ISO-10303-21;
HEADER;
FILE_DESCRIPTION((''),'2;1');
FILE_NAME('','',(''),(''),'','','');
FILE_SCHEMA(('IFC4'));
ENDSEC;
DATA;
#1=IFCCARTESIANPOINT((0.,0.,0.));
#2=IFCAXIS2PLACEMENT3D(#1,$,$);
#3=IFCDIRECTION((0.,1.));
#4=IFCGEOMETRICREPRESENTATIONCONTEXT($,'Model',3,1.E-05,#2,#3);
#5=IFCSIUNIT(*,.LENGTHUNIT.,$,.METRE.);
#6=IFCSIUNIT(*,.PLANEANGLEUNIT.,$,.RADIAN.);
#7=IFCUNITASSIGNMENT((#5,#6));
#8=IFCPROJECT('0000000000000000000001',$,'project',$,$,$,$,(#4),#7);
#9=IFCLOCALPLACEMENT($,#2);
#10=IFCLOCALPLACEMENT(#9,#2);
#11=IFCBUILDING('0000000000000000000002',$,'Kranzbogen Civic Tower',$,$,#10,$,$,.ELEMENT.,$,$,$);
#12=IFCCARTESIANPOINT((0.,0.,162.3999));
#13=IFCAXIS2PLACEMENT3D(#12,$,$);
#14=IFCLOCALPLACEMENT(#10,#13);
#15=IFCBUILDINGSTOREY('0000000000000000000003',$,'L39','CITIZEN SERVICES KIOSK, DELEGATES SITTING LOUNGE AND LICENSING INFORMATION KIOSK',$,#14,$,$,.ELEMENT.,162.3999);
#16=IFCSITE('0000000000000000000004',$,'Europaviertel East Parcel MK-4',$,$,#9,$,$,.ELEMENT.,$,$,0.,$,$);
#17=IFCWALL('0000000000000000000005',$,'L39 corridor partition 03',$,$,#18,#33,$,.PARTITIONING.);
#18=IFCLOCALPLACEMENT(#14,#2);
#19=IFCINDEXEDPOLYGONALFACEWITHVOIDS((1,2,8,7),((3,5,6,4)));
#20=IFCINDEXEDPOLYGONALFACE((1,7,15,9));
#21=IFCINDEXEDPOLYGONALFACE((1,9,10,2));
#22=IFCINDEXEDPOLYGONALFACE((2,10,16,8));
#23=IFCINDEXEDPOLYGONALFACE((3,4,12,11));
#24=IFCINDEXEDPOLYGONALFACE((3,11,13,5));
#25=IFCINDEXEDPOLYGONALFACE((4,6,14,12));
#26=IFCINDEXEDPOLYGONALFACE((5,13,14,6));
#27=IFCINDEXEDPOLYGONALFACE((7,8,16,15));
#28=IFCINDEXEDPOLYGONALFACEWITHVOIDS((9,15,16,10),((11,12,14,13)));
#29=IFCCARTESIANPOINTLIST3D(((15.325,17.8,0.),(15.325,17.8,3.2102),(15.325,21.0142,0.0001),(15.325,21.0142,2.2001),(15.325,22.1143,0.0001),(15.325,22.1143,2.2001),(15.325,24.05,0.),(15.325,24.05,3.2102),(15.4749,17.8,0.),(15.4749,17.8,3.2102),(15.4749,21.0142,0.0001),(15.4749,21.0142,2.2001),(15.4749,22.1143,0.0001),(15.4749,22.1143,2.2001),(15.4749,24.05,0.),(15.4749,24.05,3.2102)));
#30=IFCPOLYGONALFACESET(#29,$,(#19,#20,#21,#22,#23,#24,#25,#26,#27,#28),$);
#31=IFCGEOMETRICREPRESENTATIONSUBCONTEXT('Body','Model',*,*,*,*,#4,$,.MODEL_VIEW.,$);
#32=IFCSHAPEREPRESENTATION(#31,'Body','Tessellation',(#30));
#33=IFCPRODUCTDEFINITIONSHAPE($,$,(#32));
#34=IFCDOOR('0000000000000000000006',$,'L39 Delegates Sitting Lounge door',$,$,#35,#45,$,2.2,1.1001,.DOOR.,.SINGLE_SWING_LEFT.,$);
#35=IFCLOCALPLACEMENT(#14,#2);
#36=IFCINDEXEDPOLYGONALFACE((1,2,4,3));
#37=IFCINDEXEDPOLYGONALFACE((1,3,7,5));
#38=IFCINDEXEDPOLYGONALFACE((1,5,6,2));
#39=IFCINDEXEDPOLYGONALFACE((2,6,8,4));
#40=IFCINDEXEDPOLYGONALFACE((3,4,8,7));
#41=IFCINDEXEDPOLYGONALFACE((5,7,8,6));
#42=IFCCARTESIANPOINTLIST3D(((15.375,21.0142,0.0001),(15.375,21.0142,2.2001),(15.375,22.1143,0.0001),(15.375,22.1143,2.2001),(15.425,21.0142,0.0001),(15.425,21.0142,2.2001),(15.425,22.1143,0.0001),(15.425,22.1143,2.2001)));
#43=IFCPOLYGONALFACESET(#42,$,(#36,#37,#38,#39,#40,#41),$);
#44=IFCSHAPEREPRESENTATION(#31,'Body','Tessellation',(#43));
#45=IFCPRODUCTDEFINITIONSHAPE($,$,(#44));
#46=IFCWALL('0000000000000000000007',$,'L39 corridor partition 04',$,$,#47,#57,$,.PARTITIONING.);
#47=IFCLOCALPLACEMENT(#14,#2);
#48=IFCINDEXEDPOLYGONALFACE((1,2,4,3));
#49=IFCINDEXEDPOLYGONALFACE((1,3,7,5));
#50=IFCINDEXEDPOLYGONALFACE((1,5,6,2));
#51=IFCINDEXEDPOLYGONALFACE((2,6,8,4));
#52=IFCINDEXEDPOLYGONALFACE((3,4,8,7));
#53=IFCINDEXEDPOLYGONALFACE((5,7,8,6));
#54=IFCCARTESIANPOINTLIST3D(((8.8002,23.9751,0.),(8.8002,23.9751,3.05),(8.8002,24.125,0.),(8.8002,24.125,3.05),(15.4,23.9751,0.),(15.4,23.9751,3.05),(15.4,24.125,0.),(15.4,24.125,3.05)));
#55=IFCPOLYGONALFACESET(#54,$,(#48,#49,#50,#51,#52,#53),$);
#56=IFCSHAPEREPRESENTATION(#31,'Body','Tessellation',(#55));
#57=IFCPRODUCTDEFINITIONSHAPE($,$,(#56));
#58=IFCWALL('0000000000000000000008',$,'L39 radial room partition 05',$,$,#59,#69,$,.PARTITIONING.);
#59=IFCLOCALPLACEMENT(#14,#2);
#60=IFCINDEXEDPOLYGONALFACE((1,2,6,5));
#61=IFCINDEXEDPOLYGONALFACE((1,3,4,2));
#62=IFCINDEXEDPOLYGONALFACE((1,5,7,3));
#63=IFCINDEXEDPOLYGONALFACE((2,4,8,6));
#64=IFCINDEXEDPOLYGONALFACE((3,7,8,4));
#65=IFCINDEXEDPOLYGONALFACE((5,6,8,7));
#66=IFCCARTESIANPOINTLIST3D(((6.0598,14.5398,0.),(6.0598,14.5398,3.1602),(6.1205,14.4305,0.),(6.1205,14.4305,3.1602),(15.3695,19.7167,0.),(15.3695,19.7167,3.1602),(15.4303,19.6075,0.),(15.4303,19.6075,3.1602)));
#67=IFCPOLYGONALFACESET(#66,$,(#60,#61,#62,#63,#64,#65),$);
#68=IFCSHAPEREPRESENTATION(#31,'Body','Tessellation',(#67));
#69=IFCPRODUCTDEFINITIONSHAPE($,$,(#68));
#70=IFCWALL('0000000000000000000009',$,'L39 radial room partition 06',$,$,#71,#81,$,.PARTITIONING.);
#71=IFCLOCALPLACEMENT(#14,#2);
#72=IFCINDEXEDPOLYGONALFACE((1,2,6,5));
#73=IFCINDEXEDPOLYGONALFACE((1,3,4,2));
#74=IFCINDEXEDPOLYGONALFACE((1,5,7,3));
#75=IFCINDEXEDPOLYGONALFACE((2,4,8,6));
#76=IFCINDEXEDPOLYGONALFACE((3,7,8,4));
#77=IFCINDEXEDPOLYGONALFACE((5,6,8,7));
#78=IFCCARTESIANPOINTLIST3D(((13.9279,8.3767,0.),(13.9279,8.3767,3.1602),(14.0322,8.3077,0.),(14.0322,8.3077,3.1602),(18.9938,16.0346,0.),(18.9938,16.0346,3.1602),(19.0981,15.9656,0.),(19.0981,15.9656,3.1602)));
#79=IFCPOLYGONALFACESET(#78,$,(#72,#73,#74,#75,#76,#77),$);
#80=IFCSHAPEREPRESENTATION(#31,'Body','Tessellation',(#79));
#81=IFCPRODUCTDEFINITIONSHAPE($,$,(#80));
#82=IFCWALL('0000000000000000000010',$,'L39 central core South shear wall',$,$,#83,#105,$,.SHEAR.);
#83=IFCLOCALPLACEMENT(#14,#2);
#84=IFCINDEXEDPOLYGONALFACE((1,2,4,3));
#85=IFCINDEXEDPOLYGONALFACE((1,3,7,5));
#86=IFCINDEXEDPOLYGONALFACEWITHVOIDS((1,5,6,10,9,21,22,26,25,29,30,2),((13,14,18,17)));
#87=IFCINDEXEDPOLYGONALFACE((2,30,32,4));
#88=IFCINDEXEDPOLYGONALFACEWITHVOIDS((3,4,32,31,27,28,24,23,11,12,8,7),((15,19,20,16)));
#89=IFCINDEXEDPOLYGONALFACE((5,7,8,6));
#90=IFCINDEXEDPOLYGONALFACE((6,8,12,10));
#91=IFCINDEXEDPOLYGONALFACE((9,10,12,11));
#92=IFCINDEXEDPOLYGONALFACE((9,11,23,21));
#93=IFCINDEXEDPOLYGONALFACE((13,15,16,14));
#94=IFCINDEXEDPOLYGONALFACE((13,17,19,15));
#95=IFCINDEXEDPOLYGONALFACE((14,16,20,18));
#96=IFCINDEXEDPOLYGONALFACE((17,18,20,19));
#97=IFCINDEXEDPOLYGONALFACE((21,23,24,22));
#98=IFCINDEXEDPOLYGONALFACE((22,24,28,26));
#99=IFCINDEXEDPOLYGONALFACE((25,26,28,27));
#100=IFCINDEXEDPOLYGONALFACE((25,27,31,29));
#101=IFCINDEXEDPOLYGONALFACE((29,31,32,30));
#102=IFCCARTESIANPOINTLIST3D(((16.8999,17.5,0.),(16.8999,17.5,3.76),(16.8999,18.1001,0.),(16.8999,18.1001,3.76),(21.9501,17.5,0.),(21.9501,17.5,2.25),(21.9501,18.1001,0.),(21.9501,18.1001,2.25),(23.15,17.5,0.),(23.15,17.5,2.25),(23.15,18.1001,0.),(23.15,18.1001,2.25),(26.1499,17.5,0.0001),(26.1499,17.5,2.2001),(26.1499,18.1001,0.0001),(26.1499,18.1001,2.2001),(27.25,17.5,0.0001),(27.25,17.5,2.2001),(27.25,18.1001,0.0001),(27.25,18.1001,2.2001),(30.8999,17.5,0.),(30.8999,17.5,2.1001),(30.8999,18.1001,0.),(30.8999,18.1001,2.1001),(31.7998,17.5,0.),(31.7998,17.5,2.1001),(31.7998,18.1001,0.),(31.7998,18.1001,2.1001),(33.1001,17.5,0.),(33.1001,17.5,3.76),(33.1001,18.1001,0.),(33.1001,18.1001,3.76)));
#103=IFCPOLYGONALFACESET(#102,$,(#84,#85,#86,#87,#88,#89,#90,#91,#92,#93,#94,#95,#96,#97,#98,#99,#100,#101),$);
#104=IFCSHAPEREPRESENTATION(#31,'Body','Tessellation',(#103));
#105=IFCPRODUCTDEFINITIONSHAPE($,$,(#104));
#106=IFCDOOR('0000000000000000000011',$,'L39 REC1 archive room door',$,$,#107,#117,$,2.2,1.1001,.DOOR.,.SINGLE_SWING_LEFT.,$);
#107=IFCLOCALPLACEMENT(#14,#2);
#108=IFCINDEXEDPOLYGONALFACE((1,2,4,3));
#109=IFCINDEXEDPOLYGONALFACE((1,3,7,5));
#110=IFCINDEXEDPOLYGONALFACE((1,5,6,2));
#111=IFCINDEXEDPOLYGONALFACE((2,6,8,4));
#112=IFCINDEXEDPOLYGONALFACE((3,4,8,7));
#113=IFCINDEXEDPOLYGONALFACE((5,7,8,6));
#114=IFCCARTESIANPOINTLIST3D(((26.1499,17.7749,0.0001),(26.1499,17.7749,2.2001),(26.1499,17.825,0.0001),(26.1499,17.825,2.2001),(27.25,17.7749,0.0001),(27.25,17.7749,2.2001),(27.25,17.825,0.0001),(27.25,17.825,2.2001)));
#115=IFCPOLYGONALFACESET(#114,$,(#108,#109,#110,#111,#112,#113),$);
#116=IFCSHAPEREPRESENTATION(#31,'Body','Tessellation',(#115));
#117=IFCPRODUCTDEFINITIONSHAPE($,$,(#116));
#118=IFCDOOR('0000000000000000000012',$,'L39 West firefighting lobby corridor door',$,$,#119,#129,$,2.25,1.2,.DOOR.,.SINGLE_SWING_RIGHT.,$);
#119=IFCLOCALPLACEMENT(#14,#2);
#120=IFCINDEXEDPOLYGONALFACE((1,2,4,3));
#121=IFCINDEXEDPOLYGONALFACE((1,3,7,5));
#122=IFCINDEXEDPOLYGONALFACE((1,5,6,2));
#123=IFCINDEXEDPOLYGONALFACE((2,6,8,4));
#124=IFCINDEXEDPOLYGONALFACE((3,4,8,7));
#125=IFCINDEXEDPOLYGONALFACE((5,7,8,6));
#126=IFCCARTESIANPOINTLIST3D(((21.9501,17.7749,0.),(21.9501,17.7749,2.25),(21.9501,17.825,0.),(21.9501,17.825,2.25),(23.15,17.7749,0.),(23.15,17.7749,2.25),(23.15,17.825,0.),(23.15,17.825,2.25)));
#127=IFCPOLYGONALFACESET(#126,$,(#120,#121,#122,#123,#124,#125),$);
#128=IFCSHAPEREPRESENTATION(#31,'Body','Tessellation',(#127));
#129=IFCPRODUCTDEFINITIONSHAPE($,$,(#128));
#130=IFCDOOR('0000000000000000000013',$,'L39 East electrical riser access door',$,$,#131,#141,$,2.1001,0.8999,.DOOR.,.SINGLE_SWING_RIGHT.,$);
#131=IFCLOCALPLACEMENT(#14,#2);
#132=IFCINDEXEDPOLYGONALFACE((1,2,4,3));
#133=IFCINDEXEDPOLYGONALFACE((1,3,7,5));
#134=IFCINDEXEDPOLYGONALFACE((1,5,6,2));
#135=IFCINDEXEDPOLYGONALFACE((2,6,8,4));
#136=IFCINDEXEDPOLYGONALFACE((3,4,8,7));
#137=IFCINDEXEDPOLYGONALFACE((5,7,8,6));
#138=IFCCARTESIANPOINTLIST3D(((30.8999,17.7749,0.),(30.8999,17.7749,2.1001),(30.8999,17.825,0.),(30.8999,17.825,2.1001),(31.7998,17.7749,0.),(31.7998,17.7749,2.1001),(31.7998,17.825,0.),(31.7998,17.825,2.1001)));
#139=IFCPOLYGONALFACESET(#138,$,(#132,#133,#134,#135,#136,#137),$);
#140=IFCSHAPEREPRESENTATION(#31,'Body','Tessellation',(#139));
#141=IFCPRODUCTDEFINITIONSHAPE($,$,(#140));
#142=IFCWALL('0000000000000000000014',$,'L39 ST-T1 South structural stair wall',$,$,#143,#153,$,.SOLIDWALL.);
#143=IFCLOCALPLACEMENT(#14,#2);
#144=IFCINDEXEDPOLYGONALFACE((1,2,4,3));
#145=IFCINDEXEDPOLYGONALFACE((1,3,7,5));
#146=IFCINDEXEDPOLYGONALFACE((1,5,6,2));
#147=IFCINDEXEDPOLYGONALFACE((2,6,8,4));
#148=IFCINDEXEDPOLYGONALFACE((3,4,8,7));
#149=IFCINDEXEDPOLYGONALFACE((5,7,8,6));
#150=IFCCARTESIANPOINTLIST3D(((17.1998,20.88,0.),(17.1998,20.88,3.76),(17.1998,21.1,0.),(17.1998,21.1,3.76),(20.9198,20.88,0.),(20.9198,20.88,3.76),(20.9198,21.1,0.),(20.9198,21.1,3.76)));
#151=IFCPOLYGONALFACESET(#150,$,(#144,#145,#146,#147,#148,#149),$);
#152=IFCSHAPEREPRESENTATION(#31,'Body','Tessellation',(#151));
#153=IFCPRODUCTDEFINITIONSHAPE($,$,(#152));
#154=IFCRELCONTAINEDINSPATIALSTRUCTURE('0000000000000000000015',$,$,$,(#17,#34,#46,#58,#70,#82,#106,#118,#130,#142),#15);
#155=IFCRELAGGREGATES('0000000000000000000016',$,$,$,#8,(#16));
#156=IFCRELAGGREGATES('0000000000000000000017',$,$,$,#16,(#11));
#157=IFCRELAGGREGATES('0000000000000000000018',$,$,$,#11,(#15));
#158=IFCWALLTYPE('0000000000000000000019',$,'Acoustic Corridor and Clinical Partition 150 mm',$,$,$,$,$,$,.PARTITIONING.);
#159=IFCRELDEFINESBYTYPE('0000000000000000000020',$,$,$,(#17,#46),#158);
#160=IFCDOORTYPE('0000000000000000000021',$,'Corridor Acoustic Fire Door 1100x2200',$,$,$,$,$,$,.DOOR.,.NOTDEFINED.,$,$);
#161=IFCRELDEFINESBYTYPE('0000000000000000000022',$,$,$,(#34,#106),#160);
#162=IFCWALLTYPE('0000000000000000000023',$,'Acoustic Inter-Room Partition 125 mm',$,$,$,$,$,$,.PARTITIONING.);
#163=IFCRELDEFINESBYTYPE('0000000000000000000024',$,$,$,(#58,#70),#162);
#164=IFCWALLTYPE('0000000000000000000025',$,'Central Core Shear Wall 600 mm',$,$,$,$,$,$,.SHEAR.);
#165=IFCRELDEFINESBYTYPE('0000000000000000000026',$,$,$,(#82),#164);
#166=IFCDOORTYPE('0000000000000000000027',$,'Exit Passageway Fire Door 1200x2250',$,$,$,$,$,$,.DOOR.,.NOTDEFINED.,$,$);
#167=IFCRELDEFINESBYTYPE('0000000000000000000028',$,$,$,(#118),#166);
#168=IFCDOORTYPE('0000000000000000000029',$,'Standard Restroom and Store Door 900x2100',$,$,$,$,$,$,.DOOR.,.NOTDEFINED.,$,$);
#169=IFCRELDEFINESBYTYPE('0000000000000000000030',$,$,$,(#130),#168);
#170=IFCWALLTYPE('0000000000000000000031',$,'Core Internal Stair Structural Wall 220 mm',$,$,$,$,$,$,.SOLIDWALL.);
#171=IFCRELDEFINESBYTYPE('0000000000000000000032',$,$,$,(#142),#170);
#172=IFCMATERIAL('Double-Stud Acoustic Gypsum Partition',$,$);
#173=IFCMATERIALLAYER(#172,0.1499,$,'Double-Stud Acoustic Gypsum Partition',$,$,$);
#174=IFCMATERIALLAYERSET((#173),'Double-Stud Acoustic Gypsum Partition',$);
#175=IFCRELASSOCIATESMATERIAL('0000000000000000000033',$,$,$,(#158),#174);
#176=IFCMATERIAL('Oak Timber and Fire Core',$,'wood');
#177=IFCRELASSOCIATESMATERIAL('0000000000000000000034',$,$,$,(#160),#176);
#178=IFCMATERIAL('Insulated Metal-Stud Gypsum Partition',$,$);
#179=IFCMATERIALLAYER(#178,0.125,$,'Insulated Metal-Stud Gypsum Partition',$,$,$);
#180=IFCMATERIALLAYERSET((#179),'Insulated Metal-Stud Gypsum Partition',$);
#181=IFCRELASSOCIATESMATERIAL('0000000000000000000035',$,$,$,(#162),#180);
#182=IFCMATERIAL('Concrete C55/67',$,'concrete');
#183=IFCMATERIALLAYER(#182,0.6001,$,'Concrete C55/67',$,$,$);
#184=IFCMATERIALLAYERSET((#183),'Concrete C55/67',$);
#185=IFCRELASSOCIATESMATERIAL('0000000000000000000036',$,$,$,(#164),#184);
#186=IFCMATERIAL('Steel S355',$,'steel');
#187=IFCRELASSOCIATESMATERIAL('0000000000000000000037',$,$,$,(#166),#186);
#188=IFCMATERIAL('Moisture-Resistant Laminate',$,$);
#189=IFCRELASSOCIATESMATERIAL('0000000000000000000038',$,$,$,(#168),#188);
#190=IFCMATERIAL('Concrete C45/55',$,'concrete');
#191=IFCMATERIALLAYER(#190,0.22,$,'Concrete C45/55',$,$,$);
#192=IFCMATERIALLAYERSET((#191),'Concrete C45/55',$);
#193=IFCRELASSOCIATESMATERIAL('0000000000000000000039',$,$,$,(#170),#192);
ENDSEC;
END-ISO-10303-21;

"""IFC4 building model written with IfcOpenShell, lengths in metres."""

from ifc_helpers import new_model, si_unit, direction, frame, frame_2d, origin, place, context, subcontext, project, spatial, rectangle, extrude, material, layer, layer_set, type_object, element, fill, save


model = new_model("IFC4")

# Units and contexts
model_context = context("Model", 3, precision=1e-05, world=origin(), true_north=direction((0.0, 1.0)))
body_context = subcontext(model_context, "Body", "Model", "MODEL_VIEW")
ifc_project = project(units=[si_unit("LENGTHUNIT", "METRE"), si_unit("PLANEANGLEUNIT", "RADIAN")], contexts=[model_context])

# Site, building, storey
site_placement = place(None, origin())
site = spatial("IfcSite", under=ifc_project, at=site_placement, Name="Europaviertel East Parcel MK-4", CompositionType="ELEMENT", RefElevation=0.0)
building_placement = place(site_placement, origin())
building = spatial("IfcBuilding", under=site, at=building_placement, Name="Kranzbogen Civic Tower", CompositionType="ELEMENT")
storey_placement = place(building_placement, frame((0.0, 0.0, 162.3999)))
storey = spatial("IfcBuildingStorey", under=building, at=storey_placement, Name="L39", Description="CITIZEN SERVICES KIOSK, DELEGATES SITTING LOUNGE AND LICENSING INFORMATION KIOSK", CompositionType="ELEMENT", Elevation=162.3999)

# Shared definitions
ifc_material_1 = material(Name="Steel S355", Category="steel")

# Shared definitions
ifc_material_2 = material(Name="Double-Stud Acoustic Gypsum Partition")
ifc_layer_1 = layer(ifc_material_2, 0.1499, Name="Double-Stud Acoustic Gypsum Partition")
ifc_layer_set_1 = layer_set([ifc_layer_1], Name="Double-Stud Acoustic Gypsum Partition")
wall_type_1 = type_object("IfcWallType", Name="Acoustic Corridor and Clinical Partition 150 mm", PredefinedType="PARTITIONING", material=ifc_layer_set_1)
ifc_material_3 = material(Name="Oak Timber and Fire Core", Category="wood")
door_type_1 = type_object("IfcDoorType", Name="Corridor Acoustic Fire Door 1100x2200", OperationType="NOTDEFINED", PredefinedType="DOOR", material=ifc_material_3)

# Wall, opening, door
wall_1_placement = place(storey_placement, frame((15.3999, 17.8, 0.0), z_axis=(0.0, 0.0, 1.0), x_axis=(0.0, 1.0, 0.0)))
wall_1 = element("IfcWall", 1, at=wall_1_placement, inside=storey, type_object=wall_type_1, Name="L39 corridor partition 03", PredefinedType="PARTITIONING", context=body_context, shape_type="SweptSolid", body=[
    extrude(rectangle(XDim=6.25, YDim=0.1499, at=frame_2d((3.125, 0.0))), origin(), (0.0, 0.0, 1.0), 3.2102),
])
opening_1_placement = place(wall_1_placement, frame((3.2141, 0.0, 0.0)))
opening_1 = element("IfcOpeningElement", 2, at=opening_1_placement, cuts=wall_1, PredefinedType="OPENING", context=body_context, shape_type="SweptSolid", body=[
    extrude(rectangle(XDim=1.1001, YDim=2.2, at=frame_2d((0.55, 1.1001))), frame((0.0, 0.085, 0.0), z_axis=(0.0, -1.0, 0.0), x_axis=(1.0, 0.0, 0.0)), (0.0, 0.0, 1.0), 0.1699),
])
door_1_placement = place(opening_1_placement, origin())
door_1 = element("IfcDoor", 3, at=door_1_placement, inside=storey, type_object=door_type_1, Name="L39 Delegates Sitting Lounge door", OperationType="SINGLE_SWING_LEFT", OverallHeight=2.2, OverallWidth=1.1001, PredefinedType="DOOR", context=body_context, shape_type="SweptSolid", body=[
    extrude(rectangle(XDim=1.1001, YDim=2.2, at=frame_2d((0.55, 1.1001))), frame((0.0, 0.0249, 0.0), z_axis=(0.0, -1.0, 0.0), x_axis=(1.0, 0.0, 0.0)), (0.0, 0.0, 1.0), 0.05),
])
fill(opening_1, door_1)

# Walls
wall_2_placement = place(storey_placement, frame((15.3999, 24.05, 0.0), z_axis=(0.0, 0.0, 1.0), x_axis=(-1.0, 0.0, 0.0)))
element("IfcWall", 4, at=wall_2_placement, inside=storey, type_object=wall_type_1, Name="L39 corridor partition 04", PredefinedType="PARTITIONING", context=body_context, shape_type="SweptSolid", body=[
    extrude(rectangle(XDim=6.5999, YDim=0.1499, at=frame_2d((3.2998, 0.0))), origin(), (0.0, 0.0, 1.0), 3.05),
])
ifc_material_4 = material(Name="Insulated Metal-Stud Gypsum Partition")
ifc_layer_2 = layer(ifc_material_4, 0.125, Name="Insulated Metal-Stud Gypsum Partition")
ifc_layer_set_2 = layer_set([ifc_layer_2], Name="Insulated Metal-Stud Gypsum Partition")
wall_type_2 = type_object("IfcWallType", Name="Acoustic Inter-Room Partition 125 mm", PredefinedType="PARTITIONING", material=ifc_layer_set_2)
wall_3_placement = place(storey_placement, frame((15.3999, 19.6621, 0.0), z_axis=(0.0, 0.0, 1.0), x_axis=(-0.873963, -0.485993, 0.0)))
element("IfcWall", 5, at=wall_3_placement, inside=storey, type_object=wall_type_2, Name="L39 radial room partition 05", PredefinedType="PARTITIONING", context=body_context, shape_type="SweptSolid", body=[
    extrude(rectangle(XDim=10.6523, YDim=0.125, at=frame_2d((5.3262, 0.0))), origin(), (0.0, 0.0, 1.0), 3.1602),
])
wall_4_placement = place(storey_placement, frame((19.0459, 16.0, 0.0), z_axis=(0.0, 0.0, 1.0), x_axis=(-0.551727, -0.834025, 0.0)))
element("IfcWall", 6, at=wall_4_placement, inside=storey, type_object=wall_type_2, Name="L39 radial room partition 06", PredefinedType="PARTITIONING", context=body_context, shape_type="SweptSolid", body=[
    extrude(rectangle(XDim=9.1819, YDim=0.125, at=frame_2d((4.5908, 0.0))), origin(), (0.0, 0.0, 1.0), 3.1602),
])

# Wall, openings, doors
ifc_material_5 = material(Name="Concrete C55/67", Category="concrete")
ifc_layer_3 = layer(ifc_material_5, 0.6001, Name="Concrete C55/67")
ifc_layer_set_3 = layer_set([ifc_layer_3], Name="Concrete C55/67")
wall_type_3 = type_object("IfcWallType", Name="Central Core Shear Wall 600 mm", PredefinedType="SHEAR", material=ifc_layer_set_3)
wall_5_placement = place(storey_placement, frame((16.8999, 17.8, 0.0), z_axis=(0.0, 0.0, 1.0), x_axis=(1.0, 0.0, 0.0)))
wall_5 = element("IfcWall", 7, at=wall_5_placement, inside=storey, type_object=wall_type_3, Name="L39 central core South shear wall", PredefinedType="SHEAR", context=body_context, shape_type="SweptSolid", body=[
    extrude(rectangle(XDim=16.2002, YDim=0.6001, at=frame_2d((8.1001, 0.0))), origin(), (0.0, 0.0, 1.0), 3.76),
])
opening_2_placement = place(wall_5_placement, frame((5.05, 0.0, 0.0)))
opening_2 = element("IfcOpeningElement", 8, at=opening_2_placement, cuts=wall_5, PredefinedType="OPENING", context=body_context, shape_type="SweptSolid", body=[
    extrude(rectangle(XDim=1.2, YDim=2.25, at=frame_2d((0.6001, 1.125))), frame((0.0, 0.3101, 0.0), z_axis=(0.0, -1.0, 0.0), x_axis=(1.0, 0.0, 0.0)), (0.0, 0.0, 1.0), 0.6201),
])
opening_3_placement = place(wall_5_placement, frame((14.0, 0.0, 0.0)))
opening_3 = element("IfcOpeningElement", 9, at=opening_3_placement, cuts=wall_5, PredefinedType="OPENING", context=body_context, shape_type="SweptSolid", body=[
    extrude(rectangle(XDim=0.8999, YDim=2.1001, at=frame_2d((0.45, 1.05))), frame((0.0, 0.3101, 0.0), z_axis=(0.0, -1.0, 0.0), x_axis=(1.0, 0.0, 0.0)), (0.0, 0.0, 1.0), 0.6201),
])
opening_4_placement = place(wall_5_placement, frame((9.25, 0.0, 0.0)))
opening_4 = element("IfcOpeningElement", 10, at=opening_4_placement, cuts=wall_5, PredefinedType="OPENING", context=body_context, shape_type="SweptSolid", body=[
    extrude(rectangle(XDim=1.1001, YDim=2.2, at=frame_2d((0.55, 1.1001))), frame((0.0, 0.3101, 0.0), z_axis=(0.0, -1.0, 0.0), x_axis=(1.0, 0.0, 0.0)), (0.0, 0.0, 1.0), 0.6201),
])
door_2_placement = place(opening_4_placement, origin())
door_2 = element("IfcDoor", 11, at=door_2_placement, inside=storey, type_object=door_type_1, Name="L39 REC1 archive room door", OperationType="SINGLE_SWING_LEFT", OverallHeight=2.2, OverallWidth=1.1001, PredefinedType="DOOR", context=body_context, shape_type="SweptSolid", body=[
    extrude(rectangle(XDim=1.1001, YDim=2.2, at=frame_2d((0.55, 1.1001))), frame((0.0, 0.0249, 0.0), z_axis=(0.0, -1.0, 0.0), x_axis=(1.0, 0.0, 0.0)), (0.0, 0.0, 1.0), 0.05),
])
fill(opening_4, door_2)
door_type_2 = type_object("IfcDoorType", Name="Exit Passageway Fire Door 1200x2250", OperationType="NOTDEFINED", PredefinedType="DOOR", material=ifc_material_1)
door_3_placement = place(opening_2_placement, origin())
door_3 = element("IfcDoor", 12, at=door_3_placement, inside=storey, type_object=door_type_2, Name="L39 West firefighting lobby corridor door", OperationType="SINGLE_SWING_RIGHT", OverallHeight=2.25, OverallWidth=1.2, PredefinedType="DOOR", context=body_context, shape_type="SweptSolid", body=[
    extrude(rectangle(XDim=1.2, YDim=2.25, at=frame_2d((0.6001, 1.125))), frame((0.0, 0.0249, 0.0), z_axis=(0.0, -1.0, 0.0), x_axis=(1.0, 0.0, 0.0)), (0.0, 0.0, 1.0), 0.05),
])
fill(opening_2, door_3)
ifc_material_6 = material(Name="Moisture-Resistant Laminate")
door_type_3 = type_object("IfcDoorType", Name="Standard Restroom and Store Door 900x2100", OperationType="NOTDEFINED", PredefinedType="DOOR", material=ifc_material_6)
door_4_placement = place(opening_3_placement, origin())
door_4 = element("IfcDoor", 13, at=door_4_placement, inside=storey, type_object=door_type_3, Name="L39 East electrical riser access door", OperationType="SINGLE_SWING_RIGHT", OverallHeight=2.1001, OverallWidth=0.8999, PredefinedType="DOOR", context=body_context, shape_type="SweptSolid", body=[
    extrude(rectangle(XDim=0.8999, YDim=2.1001, at=frame_2d((0.45, 1.05))), frame((0.0, 0.0249, 0.0), z_axis=(0.0, -1.0, 0.0), x_axis=(1.0, 0.0, 0.0)), (0.0, 0.0, 1.0), 0.05),
])
fill(opening_3, door_4)

# Wall
ifc_material_7 = material(Name="Concrete C45/55", Category="concrete")
ifc_layer_4 = layer(ifc_material_7, 0.22, Name="Concrete C45/55")
ifc_layer_set_4 = layer_set([ifc_layer_4], Name="Concrete C45/55")
wall_type_4 = type_object("IfcWallType", Name="Core Internal Stair Structural Wall 220 mm", PredefinedType="SOLIDWALL", material=ifc_layer_set_4)
wall_6_placement = place(storey_placement, frame((17.2, 20.99, 0.0), z_axis=(0.0, 0.0, 1.0), x_axis=(1.0, 0.0, 0.0)))
element("IfcWall", 14, at=wall_6_placement, inside=storey, type_object=wall_type_4, Name="L39 ST-T1 South structural stair wall", PredefinedType="SOLIDWALL", context=body_context, shape_type="SweptSolid", body=[
    extrude(rectangle(XDim=3.72, YDim=0.22, at=frame_2d((1.8599, 0.0))), origin(), (0.0, 0.0, 1.0), 3.76),
])

save(model, "model.ifc")
